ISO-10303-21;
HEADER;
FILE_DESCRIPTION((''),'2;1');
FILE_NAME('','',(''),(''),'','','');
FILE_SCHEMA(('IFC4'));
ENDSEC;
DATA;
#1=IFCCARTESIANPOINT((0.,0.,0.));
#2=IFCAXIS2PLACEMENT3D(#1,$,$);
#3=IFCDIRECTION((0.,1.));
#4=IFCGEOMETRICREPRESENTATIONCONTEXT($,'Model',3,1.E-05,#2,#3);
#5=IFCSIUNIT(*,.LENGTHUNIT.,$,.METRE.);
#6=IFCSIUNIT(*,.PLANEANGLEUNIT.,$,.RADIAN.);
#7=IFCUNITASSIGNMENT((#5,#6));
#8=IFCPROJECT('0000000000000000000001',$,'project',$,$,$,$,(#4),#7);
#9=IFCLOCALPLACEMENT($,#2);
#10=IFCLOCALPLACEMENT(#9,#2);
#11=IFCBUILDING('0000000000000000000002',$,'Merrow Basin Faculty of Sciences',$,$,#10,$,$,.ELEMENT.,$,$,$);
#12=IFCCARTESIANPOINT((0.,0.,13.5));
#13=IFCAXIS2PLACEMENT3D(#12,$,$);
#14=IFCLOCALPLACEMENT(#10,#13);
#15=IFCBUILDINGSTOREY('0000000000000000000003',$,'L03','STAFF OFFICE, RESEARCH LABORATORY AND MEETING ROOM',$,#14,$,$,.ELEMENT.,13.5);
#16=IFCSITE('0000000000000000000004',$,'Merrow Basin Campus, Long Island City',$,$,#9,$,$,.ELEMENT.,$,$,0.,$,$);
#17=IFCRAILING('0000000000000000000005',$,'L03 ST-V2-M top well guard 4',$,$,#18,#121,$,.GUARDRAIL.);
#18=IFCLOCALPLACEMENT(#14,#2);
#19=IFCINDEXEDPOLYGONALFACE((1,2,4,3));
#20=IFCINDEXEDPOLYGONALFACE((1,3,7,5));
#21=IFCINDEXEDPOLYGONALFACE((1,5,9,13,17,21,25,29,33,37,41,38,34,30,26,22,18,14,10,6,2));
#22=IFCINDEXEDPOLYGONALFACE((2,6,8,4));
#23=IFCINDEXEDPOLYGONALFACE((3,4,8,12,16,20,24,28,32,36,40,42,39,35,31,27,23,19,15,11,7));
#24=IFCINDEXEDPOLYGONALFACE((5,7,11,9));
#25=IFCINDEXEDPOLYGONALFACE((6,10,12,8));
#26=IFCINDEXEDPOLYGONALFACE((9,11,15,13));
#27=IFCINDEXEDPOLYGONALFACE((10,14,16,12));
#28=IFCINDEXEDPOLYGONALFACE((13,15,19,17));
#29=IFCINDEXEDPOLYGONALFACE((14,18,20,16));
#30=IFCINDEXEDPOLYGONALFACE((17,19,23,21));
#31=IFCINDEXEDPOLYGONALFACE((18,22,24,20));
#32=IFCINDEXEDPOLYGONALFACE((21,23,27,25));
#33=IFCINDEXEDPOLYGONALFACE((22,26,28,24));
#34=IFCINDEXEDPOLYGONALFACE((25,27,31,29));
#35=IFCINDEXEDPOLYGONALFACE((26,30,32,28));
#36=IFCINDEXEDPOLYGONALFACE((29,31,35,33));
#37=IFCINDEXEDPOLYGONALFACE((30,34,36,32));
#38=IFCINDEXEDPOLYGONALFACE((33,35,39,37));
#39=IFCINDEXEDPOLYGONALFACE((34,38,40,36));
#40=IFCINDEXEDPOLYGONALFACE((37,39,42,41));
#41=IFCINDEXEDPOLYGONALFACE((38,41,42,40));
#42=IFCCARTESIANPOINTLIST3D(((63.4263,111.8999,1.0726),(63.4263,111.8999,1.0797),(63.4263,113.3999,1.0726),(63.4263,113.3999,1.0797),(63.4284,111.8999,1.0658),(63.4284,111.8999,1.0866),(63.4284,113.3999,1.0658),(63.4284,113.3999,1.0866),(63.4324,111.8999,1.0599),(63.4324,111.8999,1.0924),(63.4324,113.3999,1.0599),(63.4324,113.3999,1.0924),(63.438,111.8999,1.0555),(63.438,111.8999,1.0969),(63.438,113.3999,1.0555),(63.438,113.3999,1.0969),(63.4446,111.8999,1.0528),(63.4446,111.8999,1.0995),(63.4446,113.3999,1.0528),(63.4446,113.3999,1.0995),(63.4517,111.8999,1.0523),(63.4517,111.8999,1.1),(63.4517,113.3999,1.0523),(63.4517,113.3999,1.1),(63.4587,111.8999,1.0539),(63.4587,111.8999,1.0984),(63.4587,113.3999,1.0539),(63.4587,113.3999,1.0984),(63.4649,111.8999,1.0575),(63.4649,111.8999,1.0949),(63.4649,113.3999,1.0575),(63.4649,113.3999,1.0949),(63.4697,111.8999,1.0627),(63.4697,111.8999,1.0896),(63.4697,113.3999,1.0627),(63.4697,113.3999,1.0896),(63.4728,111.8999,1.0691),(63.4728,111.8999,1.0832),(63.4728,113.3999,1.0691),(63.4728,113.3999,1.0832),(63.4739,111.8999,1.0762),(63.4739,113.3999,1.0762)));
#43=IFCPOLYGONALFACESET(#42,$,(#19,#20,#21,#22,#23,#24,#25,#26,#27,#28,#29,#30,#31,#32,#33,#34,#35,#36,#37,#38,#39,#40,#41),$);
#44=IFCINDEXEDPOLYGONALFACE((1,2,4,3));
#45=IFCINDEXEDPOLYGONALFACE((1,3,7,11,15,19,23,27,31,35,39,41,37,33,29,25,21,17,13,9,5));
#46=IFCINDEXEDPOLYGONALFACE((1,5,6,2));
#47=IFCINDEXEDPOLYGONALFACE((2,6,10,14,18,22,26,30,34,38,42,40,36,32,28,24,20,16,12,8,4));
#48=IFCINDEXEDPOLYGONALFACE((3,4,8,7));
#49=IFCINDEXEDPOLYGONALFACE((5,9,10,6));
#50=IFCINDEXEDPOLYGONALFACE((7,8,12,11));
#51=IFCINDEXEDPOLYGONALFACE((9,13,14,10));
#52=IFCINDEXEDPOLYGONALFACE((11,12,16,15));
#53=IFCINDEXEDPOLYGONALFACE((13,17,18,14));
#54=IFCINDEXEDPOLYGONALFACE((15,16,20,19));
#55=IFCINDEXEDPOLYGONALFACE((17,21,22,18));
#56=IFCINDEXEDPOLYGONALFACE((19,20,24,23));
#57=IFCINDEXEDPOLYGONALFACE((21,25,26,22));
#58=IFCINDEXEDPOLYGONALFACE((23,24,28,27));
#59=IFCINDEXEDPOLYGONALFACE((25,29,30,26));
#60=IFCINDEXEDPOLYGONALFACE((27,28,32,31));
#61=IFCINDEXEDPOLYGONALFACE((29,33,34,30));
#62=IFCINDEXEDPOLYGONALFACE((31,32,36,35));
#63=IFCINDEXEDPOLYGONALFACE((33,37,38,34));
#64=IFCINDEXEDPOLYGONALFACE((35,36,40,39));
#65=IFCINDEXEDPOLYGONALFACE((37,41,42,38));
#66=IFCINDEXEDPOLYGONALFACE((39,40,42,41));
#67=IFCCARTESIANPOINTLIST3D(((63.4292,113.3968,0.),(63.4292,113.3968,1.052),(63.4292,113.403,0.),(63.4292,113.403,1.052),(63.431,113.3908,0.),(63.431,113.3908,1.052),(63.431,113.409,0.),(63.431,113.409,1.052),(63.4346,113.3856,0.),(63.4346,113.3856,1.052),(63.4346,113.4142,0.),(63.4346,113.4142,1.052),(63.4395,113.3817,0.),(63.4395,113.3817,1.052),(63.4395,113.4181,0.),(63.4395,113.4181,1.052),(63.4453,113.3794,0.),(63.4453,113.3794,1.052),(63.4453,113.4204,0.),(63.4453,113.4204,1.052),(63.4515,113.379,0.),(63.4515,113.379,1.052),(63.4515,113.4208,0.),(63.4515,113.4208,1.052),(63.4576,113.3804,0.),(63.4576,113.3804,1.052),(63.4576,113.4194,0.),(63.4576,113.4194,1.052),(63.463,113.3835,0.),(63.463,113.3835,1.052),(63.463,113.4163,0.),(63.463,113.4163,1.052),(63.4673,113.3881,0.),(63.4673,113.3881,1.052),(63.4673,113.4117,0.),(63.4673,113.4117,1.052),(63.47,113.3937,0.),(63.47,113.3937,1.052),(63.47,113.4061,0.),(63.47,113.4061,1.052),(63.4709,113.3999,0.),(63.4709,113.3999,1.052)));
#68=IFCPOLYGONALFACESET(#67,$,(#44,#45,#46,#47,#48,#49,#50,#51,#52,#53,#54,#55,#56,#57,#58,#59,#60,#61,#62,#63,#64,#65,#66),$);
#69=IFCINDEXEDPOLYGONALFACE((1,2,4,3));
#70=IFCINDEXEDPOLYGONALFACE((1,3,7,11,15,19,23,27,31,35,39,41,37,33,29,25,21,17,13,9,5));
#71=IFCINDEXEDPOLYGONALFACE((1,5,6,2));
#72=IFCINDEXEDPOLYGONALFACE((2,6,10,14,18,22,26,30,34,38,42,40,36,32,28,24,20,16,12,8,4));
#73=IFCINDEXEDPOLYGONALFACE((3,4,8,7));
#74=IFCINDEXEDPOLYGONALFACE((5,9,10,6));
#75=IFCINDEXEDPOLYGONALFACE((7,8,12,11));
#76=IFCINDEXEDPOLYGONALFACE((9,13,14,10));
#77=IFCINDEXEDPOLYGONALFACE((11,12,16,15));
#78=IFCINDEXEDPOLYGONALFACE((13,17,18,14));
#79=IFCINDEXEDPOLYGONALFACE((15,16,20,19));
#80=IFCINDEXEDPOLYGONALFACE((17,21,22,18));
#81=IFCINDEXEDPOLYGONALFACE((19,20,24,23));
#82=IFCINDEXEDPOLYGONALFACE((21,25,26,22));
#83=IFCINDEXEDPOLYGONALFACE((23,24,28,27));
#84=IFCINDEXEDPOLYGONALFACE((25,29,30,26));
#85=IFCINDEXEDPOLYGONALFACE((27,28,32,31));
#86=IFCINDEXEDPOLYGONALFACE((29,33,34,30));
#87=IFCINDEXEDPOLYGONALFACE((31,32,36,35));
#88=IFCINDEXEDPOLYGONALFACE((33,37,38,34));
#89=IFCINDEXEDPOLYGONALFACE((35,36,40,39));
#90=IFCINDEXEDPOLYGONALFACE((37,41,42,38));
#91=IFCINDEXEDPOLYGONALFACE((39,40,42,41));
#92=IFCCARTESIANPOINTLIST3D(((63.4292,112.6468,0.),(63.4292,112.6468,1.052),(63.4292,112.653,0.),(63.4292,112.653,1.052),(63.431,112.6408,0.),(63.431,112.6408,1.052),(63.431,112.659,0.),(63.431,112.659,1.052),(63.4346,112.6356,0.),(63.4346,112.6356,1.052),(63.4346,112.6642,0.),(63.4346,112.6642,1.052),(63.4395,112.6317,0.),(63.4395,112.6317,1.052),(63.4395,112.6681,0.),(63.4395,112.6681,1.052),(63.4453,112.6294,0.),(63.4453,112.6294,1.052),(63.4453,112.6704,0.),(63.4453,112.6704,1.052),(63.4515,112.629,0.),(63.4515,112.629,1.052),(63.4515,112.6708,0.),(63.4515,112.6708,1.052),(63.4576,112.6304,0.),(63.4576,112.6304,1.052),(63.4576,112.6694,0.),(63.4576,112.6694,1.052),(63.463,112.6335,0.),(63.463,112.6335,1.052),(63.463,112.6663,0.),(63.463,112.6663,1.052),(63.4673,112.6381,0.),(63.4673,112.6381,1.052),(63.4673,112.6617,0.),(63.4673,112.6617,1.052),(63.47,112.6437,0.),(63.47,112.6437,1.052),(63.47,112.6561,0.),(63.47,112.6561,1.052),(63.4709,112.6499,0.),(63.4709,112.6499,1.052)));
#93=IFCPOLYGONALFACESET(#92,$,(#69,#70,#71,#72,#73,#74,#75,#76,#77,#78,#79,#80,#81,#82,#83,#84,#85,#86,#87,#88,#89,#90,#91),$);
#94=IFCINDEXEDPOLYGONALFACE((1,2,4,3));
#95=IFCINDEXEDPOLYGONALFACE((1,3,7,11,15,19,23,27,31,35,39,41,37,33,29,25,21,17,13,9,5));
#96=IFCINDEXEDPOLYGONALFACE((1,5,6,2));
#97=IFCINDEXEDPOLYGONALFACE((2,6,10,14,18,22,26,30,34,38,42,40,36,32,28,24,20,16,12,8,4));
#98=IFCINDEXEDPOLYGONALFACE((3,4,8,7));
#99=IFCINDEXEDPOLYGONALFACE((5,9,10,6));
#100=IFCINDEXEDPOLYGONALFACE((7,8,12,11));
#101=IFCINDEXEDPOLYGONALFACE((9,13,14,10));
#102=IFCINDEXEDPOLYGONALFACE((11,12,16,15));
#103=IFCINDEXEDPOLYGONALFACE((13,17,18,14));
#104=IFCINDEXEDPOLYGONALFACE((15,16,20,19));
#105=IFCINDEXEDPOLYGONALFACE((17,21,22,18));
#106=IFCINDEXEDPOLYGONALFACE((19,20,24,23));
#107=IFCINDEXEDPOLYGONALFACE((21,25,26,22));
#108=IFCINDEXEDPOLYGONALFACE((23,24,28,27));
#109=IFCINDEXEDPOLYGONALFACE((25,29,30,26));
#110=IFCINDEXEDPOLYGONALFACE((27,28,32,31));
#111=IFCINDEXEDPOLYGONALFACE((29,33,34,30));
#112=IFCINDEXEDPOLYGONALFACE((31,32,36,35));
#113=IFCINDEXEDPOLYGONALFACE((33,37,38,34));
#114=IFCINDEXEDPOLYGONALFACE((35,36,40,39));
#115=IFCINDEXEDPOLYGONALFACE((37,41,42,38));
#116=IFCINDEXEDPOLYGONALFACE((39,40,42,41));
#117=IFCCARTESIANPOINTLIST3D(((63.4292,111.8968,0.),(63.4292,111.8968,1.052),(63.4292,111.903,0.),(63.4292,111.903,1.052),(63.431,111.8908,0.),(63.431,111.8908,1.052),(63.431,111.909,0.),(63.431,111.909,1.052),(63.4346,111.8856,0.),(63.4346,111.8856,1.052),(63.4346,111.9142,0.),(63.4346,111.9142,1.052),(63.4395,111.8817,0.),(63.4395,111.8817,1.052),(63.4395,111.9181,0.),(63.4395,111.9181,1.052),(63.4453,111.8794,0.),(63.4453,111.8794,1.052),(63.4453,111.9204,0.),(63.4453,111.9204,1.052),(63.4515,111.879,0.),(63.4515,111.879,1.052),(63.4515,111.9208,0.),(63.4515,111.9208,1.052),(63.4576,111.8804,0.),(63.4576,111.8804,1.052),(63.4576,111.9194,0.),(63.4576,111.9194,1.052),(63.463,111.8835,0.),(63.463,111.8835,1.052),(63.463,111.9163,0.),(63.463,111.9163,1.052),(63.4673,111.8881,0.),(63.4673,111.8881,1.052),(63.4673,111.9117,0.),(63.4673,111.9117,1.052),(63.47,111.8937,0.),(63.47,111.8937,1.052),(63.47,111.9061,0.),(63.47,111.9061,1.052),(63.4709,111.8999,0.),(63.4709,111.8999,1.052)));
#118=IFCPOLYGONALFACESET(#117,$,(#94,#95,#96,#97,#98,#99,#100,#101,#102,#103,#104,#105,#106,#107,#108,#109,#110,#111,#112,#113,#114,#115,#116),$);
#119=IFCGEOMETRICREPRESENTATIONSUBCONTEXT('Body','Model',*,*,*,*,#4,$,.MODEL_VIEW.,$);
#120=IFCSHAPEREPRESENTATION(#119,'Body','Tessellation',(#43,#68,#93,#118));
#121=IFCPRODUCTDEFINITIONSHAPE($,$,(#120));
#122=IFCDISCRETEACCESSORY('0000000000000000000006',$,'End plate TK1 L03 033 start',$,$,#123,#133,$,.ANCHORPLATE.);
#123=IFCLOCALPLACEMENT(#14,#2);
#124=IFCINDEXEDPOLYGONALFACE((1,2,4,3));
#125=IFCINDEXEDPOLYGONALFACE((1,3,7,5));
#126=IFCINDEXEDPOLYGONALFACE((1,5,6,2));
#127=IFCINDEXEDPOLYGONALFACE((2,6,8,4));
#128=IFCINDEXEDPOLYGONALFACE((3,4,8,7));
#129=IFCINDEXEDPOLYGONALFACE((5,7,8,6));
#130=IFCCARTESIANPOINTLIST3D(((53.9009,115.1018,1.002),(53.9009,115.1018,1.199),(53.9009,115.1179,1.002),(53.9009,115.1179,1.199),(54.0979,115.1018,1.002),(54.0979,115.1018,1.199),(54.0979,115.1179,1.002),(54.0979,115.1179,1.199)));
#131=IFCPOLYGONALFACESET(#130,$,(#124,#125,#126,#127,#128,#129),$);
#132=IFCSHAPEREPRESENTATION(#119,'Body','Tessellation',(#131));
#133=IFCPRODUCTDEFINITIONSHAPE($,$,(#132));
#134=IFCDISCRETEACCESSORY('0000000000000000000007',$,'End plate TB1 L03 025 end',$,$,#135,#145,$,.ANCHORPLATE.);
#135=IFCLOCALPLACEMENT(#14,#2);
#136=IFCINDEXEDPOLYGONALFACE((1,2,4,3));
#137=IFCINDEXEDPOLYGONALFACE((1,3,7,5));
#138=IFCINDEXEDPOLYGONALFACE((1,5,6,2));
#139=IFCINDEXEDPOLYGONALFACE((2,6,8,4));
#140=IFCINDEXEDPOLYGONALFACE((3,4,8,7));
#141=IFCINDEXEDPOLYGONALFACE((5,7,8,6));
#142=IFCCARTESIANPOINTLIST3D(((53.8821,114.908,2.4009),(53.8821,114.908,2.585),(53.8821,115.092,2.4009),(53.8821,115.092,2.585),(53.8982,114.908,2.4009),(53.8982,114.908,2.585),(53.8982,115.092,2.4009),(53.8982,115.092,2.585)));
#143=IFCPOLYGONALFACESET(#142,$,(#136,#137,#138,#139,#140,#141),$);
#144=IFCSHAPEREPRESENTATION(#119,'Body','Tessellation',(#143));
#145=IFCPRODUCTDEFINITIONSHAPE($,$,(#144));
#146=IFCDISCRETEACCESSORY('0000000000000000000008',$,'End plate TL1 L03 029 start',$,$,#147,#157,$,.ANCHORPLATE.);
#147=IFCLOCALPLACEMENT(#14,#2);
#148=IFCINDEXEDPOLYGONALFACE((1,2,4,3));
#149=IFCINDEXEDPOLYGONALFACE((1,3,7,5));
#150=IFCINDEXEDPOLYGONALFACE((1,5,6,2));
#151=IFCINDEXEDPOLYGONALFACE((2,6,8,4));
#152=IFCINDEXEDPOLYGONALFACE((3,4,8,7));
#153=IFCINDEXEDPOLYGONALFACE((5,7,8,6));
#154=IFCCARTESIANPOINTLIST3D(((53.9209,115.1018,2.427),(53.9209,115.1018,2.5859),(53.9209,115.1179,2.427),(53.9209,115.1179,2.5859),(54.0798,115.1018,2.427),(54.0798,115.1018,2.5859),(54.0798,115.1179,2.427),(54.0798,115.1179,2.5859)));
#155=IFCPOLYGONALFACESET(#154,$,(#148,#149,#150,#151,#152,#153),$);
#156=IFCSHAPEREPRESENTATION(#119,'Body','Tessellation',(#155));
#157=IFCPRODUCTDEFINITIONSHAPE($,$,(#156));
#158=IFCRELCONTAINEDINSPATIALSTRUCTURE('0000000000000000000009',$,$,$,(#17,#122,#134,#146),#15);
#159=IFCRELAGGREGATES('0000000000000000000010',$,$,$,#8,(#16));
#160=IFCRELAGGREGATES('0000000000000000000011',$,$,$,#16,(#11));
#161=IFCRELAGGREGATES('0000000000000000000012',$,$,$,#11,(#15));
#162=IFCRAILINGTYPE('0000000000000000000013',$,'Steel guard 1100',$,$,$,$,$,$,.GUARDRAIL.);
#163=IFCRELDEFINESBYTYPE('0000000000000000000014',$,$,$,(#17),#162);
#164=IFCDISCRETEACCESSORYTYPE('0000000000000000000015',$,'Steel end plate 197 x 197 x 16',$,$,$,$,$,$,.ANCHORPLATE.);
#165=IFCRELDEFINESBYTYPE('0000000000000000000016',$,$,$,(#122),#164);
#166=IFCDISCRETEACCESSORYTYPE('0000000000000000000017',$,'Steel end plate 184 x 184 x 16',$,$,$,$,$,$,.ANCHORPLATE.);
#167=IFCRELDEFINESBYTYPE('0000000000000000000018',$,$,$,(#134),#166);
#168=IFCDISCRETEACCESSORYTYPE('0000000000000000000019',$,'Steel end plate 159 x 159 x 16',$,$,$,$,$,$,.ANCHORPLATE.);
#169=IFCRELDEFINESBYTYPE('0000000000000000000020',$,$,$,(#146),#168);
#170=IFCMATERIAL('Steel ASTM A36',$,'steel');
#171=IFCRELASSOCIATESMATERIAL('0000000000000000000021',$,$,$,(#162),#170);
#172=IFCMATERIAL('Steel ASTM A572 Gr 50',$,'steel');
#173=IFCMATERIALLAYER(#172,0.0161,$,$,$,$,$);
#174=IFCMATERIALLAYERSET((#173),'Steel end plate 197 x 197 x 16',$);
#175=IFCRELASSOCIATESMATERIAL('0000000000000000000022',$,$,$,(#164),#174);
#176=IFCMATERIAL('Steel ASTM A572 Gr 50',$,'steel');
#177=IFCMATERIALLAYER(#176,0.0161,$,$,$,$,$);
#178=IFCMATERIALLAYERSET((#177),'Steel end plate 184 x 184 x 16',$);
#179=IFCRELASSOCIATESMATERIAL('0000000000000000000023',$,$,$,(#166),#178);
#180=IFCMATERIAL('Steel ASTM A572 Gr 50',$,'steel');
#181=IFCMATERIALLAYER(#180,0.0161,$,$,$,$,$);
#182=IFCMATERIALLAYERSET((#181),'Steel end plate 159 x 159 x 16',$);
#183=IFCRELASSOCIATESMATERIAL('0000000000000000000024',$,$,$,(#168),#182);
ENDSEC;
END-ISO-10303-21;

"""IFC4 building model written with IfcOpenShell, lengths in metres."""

from ifc_helpers import new_model, si_unit, direction, frame, origin, origin_2d, place, context, subcontext, project, spatial, polyline, circle, outline, extrude, source, transform, mapped, material, layer, layer_set, type_object, element, save


model = new_model("IFC4")

# Units and contexts
model_context = context("Model", 3, precision=1e-05, world=origin(), true_north=direction((0.0, 1.0)))
body_context = subcontext(model_context, "Body", "Model", "MODEL_VIEW")
ifc_project = project(units=[si_unit("LENGTHUNIT", "METRE"), si_unit("PLANEANGLEUNIT", "RADIAN")], contexts=[model_context])

# Site, building, storey
site_placement = place(None, origin())
site = spatial("IfcSite", under=ifc_project, at=site_placement, Name="Merrow Basin Campus, Long Island City", CompositionType="ELEMENT", RefElevation=0.0)
building_placement = place(site_placement, origin())
building = spatial("IfcBuilding", under=site, at=building_placement, Name="Merrow Basin Faculty of Sciences", CompositionType="ELEMENT")
storey_placement = place(building_placement, frame((0.0, 0.0, 13.5)))
storey = spatial("IfcBuildingStorey", under=building, at=storey_placement, Name="L03", Description="STAFF OFFICE, RESEARCH LABORATORY AND MEETING ROOM", CompositionType="ELEMENT", Elevation=13.5)

# Railing
ifc_material_1 = material(Name="Steel ASTM A36", Category="steel")
railing_type_1 = type_object("IfcRailingType", Name="Steel guard 1100", PredefinedType="GUARDRAIL", material=ifc_material_1)
railing_1_placement = place(storey_placement, frame((63.45, 113.3999, 0.0)))
element("IfcRailing", 1, at=railing_1_placement, inside=storey, type_object=railing_type_1, Name="L03 ST-V2-M top well guard 4", PredefinedType="GUARDRAIL", context=body_context, shape_type="SweptSolid", body=[
    extrude(circle(Radius=0.0239, at=origin_2d()), frame((0.0, 0.0, 1.0762), z_axis=(0.0, -1.0, 0.0), x_axis=(1.0, 0.0, 0.0)), (0.0, 0.0, 1.0), 1.5),
    extrude(circle(Radius=0.021, at=origin_2d()), origin(), (0.0, 0.0, 1.0), 1.052),
    extrude(circle(Radius=0.021, at=origin_2d()), frame((0.0, -0.75, 0.0)), (0.0, 0.0, 1.0), 1.052),
    extrude(circle(Radius=0.021, at=origin_2d()), frame((0.0, -1.5, 0.0)), (0.0, 0.0, 1.0), 1.052),
])

# Discrete accessories
ifc_material_2 = material(Name="Steel ASTM A572 Gr 50", Category="steel")
ifc_layer_1 = layer(ifc_material_2, 0.0161)
ifc_layer_set_1 = layer_set([ifc_layer_1], Name="Steel end plate 197 x 197 x 16")
discrete_accessory_type_1 = type_object("IfcDiscreteAccessoryType", Name="Steel end plate 197 x 197 x 16", PredefinedType="ANCHORPLATE", material=ifc_layer_set_1)
shared_shape_1 = source(origin(), body_context, "Body", "SweptSolid", [
    extrude(outline(polyline([(0.0, 0.0), (0.197, 0.0), (0.197, 0.197), (0.0, 0.197), (0.0, 0.0)])), origin(), (0.0, 0.0, 1.0), 0.0161),
])
discrete_accessory_1_placement = place(storey_placement, frame((53.9009, 115.1179, 1.002), z_axis=(0.0, -1.0, 0.0), x_axis=(1.0, 0.0, 0.0)))
element("IfcDiscreteAccessory", 2, at=discrete_accessory_1_placement, inside=storey, type_object=discrete_accessory_type_1, Name="End plate TK1 L03 033 start", PredefinedType="ANCHORPLATE", context=body_context, shape_type="MappedRepresentation", body=[
    mapped(shared_shape_1, transform((0.0, 0.0, 0.0), scale=1.0)),
])
ifc_material_3 = material(Name="Steel ASTM A572 Gr 50", Category="steel")
ifc_layer_2 = layer(ifc_material_3, 0.0161)
ifc_layer_set_2 = layer_set([ifc_layer_2], Name="Steel end plate 184 x 184 x 16")
discrete_accessory_type_2 = type_object("IfcDiscreteAccessoryType", Name="Steel end plate 184 x 184 x 16", PredefinedType="ANCHORPLATE", material=ifc_layer_set_2)
shared_shape_2 = source(origin(), body_context, "Body", "SweptSolid", [
    extrude(outline(polyline([(0.0, 0.0), (0.1841, 0.0), (0.1841, 0.1841), (0.0, 0.1841), (0.0, 0.0)])), origin(), (0.0, 0.0, 1.0), 0.0161),
])
discrete_accessory_2_placement = place(storey_placement, frame((53.8821, 114.908, 2.4009), z_axis=(1.0, 0.0, 0.0), x_axis=(0.0, 1.0, 0.0)))
element("IfcDiscreteAccessory", 3, at=discrete_accessory_2_placement, inside=storey, type_object=discrete_accessory_type_2, Name="End plate TB1 L03 025 end", PredefinedType="ANCHORPLATE", context=body_context, shape_type="MappedRepresentation", body=[
    mapped(shared_shape_2, transform((0.0, 0.0, 0.0), scale=1.0)),
])
ifc_material_4 = material(Name="Steel ASTM A572 Gr 50", Category="steel")
ifc_layer_3 = layer(ifc_material_4, 0.0161)
ifc_layer_set_3 = layer_set([ifc_layer_3], Name="Steel end plate 159 x 159 x 16")
discrete_accessory_type_3 = type_object("IfcDiscreteAccessoryType", Name="Steel end plate 159 x 159 x 16", PredefinedType="ANCHORPLATE", material=ifc_layer_set_3)
shared_shape_3 = source(origin(), body_context, "Body", "SweptSolid", [
    extrude(outline(polyline([(0.0, 0.0), (0.1589, 0.0), (0.1589, 0.1589), (0.0, 0.1589), (0.0, 0.0)])), origin(), (0.0, 0.0, 1.0), 0.0161),
])
discrete_accessory_3_placement = place(storey_placement, frame((53.9209, 115.1179, 2.427), z_axis=(0.0, -1.0, 0.0), x_axis=(1.0, 0.0, 0.0)))
element("IfcDiscreteAccessory", 4, at=discrete_accessory_3_placement, inside=storey, type_object=discrete_accessory_type_3, Name="End plate TL1 L03 029 start", PredefinedType="ANCHORPLATE", context=body_context, shape_type="MappedRepresentation", body=[
    mapped(shared_shape_3, transform((0.0, 0.0, 0.0), scale=1.0)),
])

save(model, "model.ifc")
